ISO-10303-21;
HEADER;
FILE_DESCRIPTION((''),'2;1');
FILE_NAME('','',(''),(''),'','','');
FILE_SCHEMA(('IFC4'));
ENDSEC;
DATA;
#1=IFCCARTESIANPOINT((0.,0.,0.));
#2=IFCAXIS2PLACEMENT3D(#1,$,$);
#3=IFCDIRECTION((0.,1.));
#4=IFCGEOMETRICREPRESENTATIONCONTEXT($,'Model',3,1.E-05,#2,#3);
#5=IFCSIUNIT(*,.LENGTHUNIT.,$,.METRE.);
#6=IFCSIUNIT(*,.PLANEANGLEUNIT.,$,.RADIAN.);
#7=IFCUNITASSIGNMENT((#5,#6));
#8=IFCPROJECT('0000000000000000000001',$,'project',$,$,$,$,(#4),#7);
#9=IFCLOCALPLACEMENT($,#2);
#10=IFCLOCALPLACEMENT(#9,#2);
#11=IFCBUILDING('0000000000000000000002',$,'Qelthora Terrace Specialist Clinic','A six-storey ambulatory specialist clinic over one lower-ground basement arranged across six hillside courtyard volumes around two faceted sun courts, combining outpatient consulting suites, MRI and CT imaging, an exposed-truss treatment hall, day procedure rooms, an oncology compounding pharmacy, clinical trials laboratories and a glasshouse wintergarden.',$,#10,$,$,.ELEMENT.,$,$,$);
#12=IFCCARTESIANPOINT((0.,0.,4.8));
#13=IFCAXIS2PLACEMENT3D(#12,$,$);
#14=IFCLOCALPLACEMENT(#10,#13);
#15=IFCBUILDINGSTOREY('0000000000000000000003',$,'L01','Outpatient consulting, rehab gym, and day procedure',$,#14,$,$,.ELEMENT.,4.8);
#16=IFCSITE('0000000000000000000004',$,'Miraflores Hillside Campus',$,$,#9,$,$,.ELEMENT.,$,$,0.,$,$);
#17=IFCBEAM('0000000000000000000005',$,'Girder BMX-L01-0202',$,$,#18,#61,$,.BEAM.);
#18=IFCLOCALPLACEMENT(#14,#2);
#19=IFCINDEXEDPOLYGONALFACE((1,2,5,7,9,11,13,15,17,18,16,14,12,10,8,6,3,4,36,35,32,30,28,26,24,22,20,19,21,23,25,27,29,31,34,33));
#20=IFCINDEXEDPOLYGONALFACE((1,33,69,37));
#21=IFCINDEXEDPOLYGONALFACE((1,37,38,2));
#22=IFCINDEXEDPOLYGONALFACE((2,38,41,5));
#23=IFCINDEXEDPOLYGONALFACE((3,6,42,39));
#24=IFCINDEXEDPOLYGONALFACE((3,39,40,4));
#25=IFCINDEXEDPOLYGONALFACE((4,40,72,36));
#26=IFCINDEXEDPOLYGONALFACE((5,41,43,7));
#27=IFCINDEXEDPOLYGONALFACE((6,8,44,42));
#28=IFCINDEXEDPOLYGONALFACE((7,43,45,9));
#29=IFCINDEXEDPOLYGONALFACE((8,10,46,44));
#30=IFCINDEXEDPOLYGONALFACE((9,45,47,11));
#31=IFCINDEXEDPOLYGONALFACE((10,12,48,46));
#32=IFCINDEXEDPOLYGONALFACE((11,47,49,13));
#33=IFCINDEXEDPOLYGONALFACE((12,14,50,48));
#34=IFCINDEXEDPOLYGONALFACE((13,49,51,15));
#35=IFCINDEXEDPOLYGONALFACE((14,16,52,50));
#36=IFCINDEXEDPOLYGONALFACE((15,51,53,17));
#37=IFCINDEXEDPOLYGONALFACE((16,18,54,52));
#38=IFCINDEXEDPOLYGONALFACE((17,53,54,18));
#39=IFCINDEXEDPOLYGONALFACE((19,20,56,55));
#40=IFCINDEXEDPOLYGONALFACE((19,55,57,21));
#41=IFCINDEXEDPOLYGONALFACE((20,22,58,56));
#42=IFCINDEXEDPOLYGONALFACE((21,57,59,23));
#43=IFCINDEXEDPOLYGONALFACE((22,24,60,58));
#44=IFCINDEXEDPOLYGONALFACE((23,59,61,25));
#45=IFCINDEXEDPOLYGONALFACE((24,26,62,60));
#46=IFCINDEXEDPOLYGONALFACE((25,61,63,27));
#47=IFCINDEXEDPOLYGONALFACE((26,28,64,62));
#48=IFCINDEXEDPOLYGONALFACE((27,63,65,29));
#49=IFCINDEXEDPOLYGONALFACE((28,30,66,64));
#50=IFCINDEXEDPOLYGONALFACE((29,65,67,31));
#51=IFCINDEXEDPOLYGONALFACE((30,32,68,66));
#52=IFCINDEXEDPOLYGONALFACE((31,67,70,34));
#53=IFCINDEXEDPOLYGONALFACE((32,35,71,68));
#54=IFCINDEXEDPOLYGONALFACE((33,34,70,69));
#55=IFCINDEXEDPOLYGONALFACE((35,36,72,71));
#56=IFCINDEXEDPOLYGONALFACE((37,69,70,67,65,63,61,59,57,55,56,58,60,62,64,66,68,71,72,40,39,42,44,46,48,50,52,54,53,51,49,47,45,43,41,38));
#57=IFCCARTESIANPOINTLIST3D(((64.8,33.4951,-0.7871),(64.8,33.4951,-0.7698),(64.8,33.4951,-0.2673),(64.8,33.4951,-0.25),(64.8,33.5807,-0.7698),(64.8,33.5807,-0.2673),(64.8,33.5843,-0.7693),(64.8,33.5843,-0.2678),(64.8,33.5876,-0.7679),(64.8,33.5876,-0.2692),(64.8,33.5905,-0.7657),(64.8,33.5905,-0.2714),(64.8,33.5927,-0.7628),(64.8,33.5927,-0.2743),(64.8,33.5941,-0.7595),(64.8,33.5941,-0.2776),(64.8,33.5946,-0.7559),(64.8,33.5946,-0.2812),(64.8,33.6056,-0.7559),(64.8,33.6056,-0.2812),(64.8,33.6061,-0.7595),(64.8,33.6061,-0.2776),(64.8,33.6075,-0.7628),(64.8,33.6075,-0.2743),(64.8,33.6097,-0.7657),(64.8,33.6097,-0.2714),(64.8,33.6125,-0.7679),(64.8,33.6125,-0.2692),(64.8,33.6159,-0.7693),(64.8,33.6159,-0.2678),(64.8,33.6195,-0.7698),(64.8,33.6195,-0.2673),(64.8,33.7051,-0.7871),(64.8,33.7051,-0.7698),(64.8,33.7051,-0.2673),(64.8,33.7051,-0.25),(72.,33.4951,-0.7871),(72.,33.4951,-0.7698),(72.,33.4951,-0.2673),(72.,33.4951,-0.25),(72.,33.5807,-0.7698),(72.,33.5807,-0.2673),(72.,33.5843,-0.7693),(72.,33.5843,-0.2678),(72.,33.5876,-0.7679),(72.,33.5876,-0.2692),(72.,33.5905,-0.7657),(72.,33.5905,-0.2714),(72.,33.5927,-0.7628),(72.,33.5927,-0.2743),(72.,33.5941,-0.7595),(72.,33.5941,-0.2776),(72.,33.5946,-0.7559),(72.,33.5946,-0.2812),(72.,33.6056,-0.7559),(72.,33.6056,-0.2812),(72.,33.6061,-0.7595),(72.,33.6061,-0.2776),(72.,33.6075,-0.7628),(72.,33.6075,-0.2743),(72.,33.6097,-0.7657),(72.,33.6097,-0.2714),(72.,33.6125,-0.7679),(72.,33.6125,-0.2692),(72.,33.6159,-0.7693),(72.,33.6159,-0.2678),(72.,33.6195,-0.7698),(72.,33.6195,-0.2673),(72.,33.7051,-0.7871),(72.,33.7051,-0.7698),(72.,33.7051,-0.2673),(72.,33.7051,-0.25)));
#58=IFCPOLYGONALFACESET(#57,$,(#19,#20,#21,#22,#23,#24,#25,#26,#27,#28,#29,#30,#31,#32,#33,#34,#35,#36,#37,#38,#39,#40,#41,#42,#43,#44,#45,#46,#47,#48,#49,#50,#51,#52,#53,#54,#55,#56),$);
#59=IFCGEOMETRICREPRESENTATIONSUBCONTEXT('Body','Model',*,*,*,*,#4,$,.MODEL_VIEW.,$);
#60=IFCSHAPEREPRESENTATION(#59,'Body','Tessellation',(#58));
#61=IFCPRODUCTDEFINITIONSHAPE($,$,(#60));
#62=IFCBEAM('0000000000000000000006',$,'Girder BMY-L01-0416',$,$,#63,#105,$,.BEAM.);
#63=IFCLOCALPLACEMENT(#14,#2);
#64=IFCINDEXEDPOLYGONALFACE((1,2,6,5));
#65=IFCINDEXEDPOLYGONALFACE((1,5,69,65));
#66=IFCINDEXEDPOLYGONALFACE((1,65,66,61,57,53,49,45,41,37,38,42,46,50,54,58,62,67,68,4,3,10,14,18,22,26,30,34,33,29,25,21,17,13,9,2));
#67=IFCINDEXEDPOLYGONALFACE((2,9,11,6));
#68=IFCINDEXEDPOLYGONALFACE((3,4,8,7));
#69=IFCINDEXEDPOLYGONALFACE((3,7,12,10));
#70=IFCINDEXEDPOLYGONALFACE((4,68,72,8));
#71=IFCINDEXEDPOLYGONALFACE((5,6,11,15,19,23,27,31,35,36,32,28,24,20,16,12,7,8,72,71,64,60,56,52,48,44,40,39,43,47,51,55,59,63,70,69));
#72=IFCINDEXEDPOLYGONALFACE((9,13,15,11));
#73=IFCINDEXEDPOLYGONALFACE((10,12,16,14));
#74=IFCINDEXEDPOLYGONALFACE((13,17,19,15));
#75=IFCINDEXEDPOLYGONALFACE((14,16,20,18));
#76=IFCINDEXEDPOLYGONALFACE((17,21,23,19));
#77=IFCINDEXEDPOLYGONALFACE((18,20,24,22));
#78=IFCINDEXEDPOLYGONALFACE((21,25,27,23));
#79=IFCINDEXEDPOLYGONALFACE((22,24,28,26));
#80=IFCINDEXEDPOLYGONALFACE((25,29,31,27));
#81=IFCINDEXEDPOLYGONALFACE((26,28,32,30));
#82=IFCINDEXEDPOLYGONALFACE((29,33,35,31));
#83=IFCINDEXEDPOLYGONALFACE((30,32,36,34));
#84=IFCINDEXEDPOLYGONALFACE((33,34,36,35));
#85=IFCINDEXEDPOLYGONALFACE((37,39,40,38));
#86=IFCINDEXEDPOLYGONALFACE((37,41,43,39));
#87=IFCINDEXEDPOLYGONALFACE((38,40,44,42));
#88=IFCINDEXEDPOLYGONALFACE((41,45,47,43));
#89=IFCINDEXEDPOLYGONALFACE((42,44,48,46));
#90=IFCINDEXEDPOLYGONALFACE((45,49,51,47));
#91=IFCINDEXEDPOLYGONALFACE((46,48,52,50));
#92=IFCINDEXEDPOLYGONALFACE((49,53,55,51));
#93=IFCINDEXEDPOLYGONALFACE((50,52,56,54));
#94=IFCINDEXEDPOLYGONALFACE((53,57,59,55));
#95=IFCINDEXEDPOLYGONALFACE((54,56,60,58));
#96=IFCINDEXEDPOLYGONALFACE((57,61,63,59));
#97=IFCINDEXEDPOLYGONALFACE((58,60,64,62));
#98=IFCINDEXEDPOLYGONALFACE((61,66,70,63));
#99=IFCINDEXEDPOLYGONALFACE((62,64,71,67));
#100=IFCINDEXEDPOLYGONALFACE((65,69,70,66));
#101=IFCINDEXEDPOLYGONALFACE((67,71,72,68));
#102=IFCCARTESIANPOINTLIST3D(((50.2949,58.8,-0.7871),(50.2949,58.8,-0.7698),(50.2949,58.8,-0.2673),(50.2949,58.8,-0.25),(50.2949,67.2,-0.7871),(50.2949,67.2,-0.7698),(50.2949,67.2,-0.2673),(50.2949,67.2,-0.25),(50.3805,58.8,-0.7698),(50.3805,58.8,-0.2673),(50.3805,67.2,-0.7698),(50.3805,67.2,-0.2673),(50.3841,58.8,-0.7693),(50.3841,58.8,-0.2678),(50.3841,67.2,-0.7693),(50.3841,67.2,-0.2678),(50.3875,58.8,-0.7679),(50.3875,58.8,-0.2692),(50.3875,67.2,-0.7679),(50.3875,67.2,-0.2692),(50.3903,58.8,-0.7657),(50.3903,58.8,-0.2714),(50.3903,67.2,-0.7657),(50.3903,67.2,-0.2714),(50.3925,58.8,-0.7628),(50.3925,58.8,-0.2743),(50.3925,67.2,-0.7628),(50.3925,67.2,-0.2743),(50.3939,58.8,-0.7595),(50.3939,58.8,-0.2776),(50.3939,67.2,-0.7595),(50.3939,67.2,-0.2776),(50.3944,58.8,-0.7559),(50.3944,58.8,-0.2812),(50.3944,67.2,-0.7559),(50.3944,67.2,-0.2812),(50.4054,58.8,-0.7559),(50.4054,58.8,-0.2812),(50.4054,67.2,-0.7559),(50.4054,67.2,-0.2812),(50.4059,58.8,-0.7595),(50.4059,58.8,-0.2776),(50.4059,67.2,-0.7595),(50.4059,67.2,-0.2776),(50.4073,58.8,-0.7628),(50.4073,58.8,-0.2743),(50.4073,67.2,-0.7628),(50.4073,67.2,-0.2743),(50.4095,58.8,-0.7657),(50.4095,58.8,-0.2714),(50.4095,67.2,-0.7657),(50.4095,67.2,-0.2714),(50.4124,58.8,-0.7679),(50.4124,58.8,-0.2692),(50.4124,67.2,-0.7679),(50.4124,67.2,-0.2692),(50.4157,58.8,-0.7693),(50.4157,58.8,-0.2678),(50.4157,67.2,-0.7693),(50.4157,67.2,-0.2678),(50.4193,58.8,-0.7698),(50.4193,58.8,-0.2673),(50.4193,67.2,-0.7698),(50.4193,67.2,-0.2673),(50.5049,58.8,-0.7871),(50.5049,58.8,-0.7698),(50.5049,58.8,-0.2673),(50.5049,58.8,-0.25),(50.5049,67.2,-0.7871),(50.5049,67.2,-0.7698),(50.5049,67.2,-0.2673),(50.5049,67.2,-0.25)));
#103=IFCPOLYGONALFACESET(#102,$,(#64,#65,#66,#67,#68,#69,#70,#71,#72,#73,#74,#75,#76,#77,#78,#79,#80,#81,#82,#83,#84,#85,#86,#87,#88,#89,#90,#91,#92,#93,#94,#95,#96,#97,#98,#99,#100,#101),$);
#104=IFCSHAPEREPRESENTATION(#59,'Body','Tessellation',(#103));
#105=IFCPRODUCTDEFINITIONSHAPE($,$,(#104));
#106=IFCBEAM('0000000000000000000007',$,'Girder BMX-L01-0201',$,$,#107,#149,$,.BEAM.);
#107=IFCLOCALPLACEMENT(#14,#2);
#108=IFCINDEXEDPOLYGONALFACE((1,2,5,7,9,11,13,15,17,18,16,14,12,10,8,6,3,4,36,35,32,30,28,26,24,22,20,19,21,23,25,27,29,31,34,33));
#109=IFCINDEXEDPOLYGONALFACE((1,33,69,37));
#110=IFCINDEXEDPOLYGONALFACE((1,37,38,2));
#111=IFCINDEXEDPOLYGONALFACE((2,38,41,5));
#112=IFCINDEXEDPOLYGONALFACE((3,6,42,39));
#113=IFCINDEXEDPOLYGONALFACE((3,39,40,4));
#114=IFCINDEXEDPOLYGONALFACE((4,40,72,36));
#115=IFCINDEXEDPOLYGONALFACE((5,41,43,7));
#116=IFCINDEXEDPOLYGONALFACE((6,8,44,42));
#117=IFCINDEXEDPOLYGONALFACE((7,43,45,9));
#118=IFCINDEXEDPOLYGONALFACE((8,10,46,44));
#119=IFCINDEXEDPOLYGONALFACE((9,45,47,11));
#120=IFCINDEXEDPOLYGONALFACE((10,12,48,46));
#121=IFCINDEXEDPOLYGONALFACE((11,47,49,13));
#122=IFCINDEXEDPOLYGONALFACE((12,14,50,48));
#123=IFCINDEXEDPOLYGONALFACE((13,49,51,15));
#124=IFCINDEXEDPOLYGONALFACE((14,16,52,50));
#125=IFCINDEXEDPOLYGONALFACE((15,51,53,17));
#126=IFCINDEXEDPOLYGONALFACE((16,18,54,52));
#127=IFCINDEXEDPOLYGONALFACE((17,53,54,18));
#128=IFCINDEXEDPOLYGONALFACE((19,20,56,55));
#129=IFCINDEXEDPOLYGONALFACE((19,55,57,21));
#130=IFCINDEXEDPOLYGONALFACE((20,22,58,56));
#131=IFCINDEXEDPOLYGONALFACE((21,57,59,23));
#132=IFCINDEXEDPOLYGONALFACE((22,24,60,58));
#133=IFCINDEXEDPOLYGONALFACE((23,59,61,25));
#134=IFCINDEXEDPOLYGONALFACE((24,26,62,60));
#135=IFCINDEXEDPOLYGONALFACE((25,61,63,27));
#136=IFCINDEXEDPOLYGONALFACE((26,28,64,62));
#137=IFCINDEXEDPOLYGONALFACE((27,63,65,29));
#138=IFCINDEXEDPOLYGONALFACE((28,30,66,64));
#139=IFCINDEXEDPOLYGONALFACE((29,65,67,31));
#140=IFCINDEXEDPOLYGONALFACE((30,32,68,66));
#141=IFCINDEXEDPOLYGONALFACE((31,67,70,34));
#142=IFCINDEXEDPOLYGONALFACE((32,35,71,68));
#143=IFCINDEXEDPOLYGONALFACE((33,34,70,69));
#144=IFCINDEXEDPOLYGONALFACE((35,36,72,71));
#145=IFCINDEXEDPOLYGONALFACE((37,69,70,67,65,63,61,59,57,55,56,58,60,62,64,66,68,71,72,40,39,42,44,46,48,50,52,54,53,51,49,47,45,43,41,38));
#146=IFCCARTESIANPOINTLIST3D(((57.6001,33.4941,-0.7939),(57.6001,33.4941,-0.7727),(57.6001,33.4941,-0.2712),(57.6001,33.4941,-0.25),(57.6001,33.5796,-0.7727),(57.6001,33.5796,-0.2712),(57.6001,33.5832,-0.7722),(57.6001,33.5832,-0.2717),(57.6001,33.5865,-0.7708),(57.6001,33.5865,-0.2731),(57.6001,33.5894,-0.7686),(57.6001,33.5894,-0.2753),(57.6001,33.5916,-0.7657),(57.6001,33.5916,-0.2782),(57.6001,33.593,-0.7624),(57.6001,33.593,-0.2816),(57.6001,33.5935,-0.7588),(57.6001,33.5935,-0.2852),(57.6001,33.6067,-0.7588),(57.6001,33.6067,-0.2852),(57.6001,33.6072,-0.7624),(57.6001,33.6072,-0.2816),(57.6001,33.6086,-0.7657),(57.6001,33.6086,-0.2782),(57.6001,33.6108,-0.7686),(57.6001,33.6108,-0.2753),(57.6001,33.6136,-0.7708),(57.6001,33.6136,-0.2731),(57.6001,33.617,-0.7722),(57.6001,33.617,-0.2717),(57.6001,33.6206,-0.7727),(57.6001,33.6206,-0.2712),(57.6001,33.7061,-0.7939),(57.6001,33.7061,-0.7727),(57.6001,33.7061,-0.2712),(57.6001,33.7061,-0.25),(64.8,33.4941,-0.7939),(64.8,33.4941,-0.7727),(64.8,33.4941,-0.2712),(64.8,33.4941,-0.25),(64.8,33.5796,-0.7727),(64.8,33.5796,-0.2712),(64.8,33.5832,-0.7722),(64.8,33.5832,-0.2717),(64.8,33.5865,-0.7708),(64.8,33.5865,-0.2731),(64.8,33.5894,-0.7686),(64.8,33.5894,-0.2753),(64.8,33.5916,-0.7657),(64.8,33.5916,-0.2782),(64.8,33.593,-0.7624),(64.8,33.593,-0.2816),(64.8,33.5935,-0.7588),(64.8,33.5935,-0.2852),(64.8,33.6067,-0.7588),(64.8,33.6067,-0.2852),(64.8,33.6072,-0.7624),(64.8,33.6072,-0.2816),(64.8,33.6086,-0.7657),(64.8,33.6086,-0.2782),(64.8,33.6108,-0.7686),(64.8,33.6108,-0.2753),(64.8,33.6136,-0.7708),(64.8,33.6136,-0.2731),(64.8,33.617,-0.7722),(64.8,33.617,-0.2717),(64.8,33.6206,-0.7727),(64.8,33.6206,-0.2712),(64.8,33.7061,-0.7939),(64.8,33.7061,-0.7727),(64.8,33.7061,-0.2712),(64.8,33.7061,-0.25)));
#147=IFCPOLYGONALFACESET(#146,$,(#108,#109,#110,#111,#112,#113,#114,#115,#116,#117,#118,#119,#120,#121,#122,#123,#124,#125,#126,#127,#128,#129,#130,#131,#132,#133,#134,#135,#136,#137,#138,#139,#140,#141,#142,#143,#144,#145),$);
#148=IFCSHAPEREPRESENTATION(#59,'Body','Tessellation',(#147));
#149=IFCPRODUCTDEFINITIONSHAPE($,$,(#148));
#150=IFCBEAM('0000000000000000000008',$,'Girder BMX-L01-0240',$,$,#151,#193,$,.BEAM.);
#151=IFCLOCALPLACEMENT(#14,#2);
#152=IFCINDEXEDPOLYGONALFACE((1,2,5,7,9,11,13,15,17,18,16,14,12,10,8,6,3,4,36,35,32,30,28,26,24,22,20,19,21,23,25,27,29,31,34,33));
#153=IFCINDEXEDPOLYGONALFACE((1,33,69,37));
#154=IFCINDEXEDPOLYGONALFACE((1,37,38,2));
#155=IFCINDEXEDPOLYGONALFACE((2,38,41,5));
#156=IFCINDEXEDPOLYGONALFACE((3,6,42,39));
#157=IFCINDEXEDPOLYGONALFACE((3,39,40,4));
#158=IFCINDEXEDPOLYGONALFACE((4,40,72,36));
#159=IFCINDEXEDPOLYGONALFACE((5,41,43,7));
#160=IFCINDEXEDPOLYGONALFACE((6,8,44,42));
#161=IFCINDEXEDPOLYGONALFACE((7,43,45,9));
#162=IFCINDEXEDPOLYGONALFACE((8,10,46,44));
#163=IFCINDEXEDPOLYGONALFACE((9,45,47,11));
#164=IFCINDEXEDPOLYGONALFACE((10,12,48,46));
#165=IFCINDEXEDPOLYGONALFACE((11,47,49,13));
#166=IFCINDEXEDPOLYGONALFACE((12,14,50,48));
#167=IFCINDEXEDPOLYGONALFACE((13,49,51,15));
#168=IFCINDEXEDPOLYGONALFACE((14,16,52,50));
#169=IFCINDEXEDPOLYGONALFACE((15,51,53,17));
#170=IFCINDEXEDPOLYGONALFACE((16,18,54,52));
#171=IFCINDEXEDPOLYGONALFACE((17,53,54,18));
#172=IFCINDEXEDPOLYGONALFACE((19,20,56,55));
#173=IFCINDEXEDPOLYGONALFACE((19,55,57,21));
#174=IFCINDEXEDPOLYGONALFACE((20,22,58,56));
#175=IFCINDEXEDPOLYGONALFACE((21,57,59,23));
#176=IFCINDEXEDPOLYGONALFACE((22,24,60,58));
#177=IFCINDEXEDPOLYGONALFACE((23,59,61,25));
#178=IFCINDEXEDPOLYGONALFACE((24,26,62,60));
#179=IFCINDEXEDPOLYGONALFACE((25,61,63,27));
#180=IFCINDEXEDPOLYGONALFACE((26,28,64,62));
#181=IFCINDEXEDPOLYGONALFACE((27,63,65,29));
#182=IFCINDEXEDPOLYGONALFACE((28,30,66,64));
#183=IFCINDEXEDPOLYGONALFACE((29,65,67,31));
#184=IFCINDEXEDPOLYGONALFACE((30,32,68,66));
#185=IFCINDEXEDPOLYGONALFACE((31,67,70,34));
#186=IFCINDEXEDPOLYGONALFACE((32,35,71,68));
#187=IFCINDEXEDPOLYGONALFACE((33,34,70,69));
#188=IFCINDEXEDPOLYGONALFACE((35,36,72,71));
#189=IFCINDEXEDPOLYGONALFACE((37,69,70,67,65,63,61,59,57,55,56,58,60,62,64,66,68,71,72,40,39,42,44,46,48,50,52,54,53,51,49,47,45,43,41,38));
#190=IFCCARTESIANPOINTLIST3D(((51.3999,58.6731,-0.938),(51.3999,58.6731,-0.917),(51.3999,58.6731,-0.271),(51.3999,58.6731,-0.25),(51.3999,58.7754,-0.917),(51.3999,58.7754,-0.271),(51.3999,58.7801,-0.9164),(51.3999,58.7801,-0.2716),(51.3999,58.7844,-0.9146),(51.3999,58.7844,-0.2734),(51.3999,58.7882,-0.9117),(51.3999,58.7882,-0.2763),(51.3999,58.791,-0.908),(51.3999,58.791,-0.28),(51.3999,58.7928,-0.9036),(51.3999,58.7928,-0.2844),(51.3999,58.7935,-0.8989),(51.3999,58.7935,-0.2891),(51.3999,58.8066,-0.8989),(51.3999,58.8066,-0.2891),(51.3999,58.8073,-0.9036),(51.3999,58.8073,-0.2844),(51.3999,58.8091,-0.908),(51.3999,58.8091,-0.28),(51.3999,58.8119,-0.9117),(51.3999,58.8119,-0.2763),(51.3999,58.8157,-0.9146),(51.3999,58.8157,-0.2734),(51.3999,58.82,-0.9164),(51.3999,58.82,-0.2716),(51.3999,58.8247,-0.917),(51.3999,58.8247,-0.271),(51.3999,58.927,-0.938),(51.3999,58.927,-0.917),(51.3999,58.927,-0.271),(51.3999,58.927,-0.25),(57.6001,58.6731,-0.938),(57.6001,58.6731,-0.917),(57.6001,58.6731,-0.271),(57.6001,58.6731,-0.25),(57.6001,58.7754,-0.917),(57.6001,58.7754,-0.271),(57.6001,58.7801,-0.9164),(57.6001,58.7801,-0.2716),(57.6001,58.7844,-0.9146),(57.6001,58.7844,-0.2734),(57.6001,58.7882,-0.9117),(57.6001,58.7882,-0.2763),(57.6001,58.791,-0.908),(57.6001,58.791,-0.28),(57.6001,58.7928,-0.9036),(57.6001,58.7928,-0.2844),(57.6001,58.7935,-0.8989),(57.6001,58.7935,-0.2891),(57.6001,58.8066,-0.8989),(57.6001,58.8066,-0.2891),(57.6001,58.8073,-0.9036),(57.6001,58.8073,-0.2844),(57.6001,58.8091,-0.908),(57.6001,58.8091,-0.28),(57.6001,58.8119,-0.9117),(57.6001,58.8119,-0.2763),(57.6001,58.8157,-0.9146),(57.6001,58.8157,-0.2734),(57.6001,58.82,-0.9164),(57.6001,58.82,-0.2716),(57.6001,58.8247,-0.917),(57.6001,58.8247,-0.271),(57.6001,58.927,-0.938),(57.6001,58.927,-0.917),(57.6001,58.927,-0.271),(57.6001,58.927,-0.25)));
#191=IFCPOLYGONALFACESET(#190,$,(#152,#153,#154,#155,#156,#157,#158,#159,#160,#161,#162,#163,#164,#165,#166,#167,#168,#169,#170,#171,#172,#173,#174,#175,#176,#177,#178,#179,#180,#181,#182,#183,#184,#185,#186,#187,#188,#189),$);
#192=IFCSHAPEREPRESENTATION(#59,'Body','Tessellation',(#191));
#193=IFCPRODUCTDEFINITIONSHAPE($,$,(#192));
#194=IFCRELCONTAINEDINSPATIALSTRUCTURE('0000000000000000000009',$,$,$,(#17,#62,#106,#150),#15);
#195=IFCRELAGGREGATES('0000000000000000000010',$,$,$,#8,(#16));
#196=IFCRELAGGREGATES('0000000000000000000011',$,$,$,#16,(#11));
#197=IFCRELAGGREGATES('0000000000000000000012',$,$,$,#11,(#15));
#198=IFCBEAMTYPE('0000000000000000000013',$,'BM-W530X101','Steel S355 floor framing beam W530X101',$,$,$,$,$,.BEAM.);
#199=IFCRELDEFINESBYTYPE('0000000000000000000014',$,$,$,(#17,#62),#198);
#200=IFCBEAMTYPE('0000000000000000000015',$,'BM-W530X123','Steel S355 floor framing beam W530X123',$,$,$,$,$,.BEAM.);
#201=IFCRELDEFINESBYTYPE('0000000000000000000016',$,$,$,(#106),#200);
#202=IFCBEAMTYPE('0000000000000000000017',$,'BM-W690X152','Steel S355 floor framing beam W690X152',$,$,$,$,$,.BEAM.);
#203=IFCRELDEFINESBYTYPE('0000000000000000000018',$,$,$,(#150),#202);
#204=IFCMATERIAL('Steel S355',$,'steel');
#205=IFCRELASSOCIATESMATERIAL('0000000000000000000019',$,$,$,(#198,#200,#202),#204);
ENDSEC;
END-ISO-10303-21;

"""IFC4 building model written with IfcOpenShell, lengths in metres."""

from ifc_helpers import new_model, si_unit, direction, frame, origin, origin_2d, place, context, subcontext, project, spatial, i_section, extrude, material, material_profile, profile_set, type_object, element, save


model = new_model("IFC4")

# Units and contexts
model_context = context("Model", 3, precision=1e-05, world=origin(), true_north=direction((0.0, 1.0)))
body_context = subcontext(model_context, "Body", "Model", "MODEL_VIEW")
ifc_project = project(units=[si_unit("LENGTHUNIT", "METRE"), si_unit("PLANEANGLEUNIT", "RADIAN")], contexts=[model_context])

# Site, building, storey
site_placement = place(None, origin())
site = spatial("IfcSite", under=ifc_project, at=site_placement, Name="Miraflores Hillside Campus", CompositionType="ELEMENT", RefElevation=0.0)
building_placement = place(site_placement, origin())
building = spatial("IfcBuilding", under=site, at=building_placement, Name="Qelthora Terrace Specialist Clinic", Description="A six-storey ambulatory specialist clinic over one lower-ground basement arranged across six hillside courtyard volumes around two faceted sun courts, combining outpatient consulting suites, MRI and CT imaging, an exposed-truss treatment hall, day procedure rooms, an oncology compounding pharmacy, clinical trials laboratories and a glasshouse wintergarden.", CompositionType="ELEMENT")
storey_placement = place(building_placement, frame((0.0, 0.0, 4.8)))
storey = spatial("IfcBuildingStorey", under=building, at=storey_placement, Name="L01", Description="Outpatient consulting, rehab gym, and day procedure", CompositionType="ELEMENT", Elevation=4.8)

# Shared definitions
ifc_material_1 = material(Name="Steel S355", Category="steel")

# Beams
ifc_material_profile_1 = material_profile(ifc_material_1, i_section(OverallWidth=0.21, OverallDepth=0.5371, WebThickness=0.011, FlangeThickness=0.0173, FilletRadius=0.0139, at=origin_2d()), Name="W530X101")
ifc_profile_set_1 = profile_set([ifc_material_profile_1], Name="Steel S355")
beam_type_1 = type_object("IfcBeamType", Name="BM-W530X101", Description="Steel S355 floor framing beam W530X101", PredefinedType="BEAM", material=ifc_profile_set_1)
beam_1_placement = place(storey_placement, frame((64.8, 33.6001, -0.5186), z_axis=(1.0, 0.0, 0.0), x_axis=(0.0, 1.0, 0.0)))
element("IfcBeam", 1, at=beam_1_placement, inside=storey, type_object=beam_type_1, Name="Girder BMX-L01-0202", PredefinedType="BEAM", context=body_context, shape_type="SweptSolid", body=[
    extrude(i_section(OverallWidth=0.21, OverallDepth=0.5371, WebThickness=0.011, FlangeThickness=0.0173, FilletRadius=0.0139, at=origin_2d()), origin(), (0.0, 0.0, 1.0), 7.2),
])
beam_2_placement = place(storey_placement, frame((50.3999, 58.8, -0.5186), z_axis=(0.0, 1.0, 0.0), x_axis=(-1.0, 0.0, 0.0)))
element("IfcBeam", 2, at=beam_2_placement, inside=storey, type_object=beam_type_1, Name="Girder BMY-L01-0416", PredefinedType="BEAM", context=body_context, shape_type="SweptSolid", body=[
    extrude(i_section(OverallWidth=0.21, OverallDepth=0.5371, WebThickness=0.011, FlangeThickness=0.0173, FilletRadius=0.0139, at=origin_2d()), origin(), (0.0, 0.0, 1.0), 8.3999),
])
ifc_material_profile_2 = material_profile(ifc_material_1, i_section(OverallWidth=0.2119, OverallDepth=0.5439, WebThickness=0.0132, FlangeThickness=0.0212, FilletRadius=0.0139, at=origin_2d()), Name="W530X123")
ifc_profile_set_2 = profile_set([ifc_material_profile_2], Name="Steel S355")
beam_type_2 = type_object("IfcBeamType", Name="BM-W530X123", Description="Steel S355 floor framing beam W530X123", PredefinedType="BEAM", material=ifc_profile_set_2)
beam_3_placement = place(storey_placement, frame((57.6001, 33.6001, -0.522), z_axis=(1.0, 0.0, 0.0), x_axis=(0.0, 1.0, 0.0)))
element("IfcBeam", 3, at=beam_3_placement, inside=storey, type_object=beam_type_2, Name="Girder BMX-L01-0201", PredefinedType="BEAM", context=body_context, shape_type="SweptSolid", body=[
    extrude(i_section(OverallWidth=0.2119, OverallDepth=0.5439, WebThickness=0.0132, FlangeThickness=0.0212, FilletRadius=0.0139, at=origin_2d()), origin(), (0.0, 0.0, 1.0), 7.2),
])
ifc_material_profile_3 = material_profile(ifc_material_1, i_section(OverallWidth=0.2539, OverallDepth=0.688, WebThickness=0.0132, FlangeThickness=0.021, FilletRadius=0.0181, at=origin_2d()), Name="W690X152")
ifc_profile_set_3 = profile_set([ifc_material_profile_3], Name="Steel S355")
beam_type_3 = type_object("IfcBeamType", Name="BM-W690X152", Description="Steel S355 floor framing beam W690X152", PredefinedType="BEAM", material=ifc_profile_set_3)
beam_4_placement = place(storey_placement, frame((51.3999, 58.8, -0.594), z_axis=(1.0, 0.0, 0.0), x_axis=(0.0, 1.0, 0.0)))
element("IfcBeam", 4, at=beam_4_placement, inside=storey, type_object=beam_type_3, Name="Girder BMX-L01-0240", PredefinedType="BEAM", context=body_context, shape_type="SweptSolid", body=[
    extrude(i_section(OverallWidth=0.2539, OverallDepth=0.688, WebThickness=0.0132, FlangeThickness=0.021, FilletRadius=0.0181, at=origin_2d()), origin(), (0.0, 0.0, 1.0), 6.2002),
])

save(model, "model.ifc")
